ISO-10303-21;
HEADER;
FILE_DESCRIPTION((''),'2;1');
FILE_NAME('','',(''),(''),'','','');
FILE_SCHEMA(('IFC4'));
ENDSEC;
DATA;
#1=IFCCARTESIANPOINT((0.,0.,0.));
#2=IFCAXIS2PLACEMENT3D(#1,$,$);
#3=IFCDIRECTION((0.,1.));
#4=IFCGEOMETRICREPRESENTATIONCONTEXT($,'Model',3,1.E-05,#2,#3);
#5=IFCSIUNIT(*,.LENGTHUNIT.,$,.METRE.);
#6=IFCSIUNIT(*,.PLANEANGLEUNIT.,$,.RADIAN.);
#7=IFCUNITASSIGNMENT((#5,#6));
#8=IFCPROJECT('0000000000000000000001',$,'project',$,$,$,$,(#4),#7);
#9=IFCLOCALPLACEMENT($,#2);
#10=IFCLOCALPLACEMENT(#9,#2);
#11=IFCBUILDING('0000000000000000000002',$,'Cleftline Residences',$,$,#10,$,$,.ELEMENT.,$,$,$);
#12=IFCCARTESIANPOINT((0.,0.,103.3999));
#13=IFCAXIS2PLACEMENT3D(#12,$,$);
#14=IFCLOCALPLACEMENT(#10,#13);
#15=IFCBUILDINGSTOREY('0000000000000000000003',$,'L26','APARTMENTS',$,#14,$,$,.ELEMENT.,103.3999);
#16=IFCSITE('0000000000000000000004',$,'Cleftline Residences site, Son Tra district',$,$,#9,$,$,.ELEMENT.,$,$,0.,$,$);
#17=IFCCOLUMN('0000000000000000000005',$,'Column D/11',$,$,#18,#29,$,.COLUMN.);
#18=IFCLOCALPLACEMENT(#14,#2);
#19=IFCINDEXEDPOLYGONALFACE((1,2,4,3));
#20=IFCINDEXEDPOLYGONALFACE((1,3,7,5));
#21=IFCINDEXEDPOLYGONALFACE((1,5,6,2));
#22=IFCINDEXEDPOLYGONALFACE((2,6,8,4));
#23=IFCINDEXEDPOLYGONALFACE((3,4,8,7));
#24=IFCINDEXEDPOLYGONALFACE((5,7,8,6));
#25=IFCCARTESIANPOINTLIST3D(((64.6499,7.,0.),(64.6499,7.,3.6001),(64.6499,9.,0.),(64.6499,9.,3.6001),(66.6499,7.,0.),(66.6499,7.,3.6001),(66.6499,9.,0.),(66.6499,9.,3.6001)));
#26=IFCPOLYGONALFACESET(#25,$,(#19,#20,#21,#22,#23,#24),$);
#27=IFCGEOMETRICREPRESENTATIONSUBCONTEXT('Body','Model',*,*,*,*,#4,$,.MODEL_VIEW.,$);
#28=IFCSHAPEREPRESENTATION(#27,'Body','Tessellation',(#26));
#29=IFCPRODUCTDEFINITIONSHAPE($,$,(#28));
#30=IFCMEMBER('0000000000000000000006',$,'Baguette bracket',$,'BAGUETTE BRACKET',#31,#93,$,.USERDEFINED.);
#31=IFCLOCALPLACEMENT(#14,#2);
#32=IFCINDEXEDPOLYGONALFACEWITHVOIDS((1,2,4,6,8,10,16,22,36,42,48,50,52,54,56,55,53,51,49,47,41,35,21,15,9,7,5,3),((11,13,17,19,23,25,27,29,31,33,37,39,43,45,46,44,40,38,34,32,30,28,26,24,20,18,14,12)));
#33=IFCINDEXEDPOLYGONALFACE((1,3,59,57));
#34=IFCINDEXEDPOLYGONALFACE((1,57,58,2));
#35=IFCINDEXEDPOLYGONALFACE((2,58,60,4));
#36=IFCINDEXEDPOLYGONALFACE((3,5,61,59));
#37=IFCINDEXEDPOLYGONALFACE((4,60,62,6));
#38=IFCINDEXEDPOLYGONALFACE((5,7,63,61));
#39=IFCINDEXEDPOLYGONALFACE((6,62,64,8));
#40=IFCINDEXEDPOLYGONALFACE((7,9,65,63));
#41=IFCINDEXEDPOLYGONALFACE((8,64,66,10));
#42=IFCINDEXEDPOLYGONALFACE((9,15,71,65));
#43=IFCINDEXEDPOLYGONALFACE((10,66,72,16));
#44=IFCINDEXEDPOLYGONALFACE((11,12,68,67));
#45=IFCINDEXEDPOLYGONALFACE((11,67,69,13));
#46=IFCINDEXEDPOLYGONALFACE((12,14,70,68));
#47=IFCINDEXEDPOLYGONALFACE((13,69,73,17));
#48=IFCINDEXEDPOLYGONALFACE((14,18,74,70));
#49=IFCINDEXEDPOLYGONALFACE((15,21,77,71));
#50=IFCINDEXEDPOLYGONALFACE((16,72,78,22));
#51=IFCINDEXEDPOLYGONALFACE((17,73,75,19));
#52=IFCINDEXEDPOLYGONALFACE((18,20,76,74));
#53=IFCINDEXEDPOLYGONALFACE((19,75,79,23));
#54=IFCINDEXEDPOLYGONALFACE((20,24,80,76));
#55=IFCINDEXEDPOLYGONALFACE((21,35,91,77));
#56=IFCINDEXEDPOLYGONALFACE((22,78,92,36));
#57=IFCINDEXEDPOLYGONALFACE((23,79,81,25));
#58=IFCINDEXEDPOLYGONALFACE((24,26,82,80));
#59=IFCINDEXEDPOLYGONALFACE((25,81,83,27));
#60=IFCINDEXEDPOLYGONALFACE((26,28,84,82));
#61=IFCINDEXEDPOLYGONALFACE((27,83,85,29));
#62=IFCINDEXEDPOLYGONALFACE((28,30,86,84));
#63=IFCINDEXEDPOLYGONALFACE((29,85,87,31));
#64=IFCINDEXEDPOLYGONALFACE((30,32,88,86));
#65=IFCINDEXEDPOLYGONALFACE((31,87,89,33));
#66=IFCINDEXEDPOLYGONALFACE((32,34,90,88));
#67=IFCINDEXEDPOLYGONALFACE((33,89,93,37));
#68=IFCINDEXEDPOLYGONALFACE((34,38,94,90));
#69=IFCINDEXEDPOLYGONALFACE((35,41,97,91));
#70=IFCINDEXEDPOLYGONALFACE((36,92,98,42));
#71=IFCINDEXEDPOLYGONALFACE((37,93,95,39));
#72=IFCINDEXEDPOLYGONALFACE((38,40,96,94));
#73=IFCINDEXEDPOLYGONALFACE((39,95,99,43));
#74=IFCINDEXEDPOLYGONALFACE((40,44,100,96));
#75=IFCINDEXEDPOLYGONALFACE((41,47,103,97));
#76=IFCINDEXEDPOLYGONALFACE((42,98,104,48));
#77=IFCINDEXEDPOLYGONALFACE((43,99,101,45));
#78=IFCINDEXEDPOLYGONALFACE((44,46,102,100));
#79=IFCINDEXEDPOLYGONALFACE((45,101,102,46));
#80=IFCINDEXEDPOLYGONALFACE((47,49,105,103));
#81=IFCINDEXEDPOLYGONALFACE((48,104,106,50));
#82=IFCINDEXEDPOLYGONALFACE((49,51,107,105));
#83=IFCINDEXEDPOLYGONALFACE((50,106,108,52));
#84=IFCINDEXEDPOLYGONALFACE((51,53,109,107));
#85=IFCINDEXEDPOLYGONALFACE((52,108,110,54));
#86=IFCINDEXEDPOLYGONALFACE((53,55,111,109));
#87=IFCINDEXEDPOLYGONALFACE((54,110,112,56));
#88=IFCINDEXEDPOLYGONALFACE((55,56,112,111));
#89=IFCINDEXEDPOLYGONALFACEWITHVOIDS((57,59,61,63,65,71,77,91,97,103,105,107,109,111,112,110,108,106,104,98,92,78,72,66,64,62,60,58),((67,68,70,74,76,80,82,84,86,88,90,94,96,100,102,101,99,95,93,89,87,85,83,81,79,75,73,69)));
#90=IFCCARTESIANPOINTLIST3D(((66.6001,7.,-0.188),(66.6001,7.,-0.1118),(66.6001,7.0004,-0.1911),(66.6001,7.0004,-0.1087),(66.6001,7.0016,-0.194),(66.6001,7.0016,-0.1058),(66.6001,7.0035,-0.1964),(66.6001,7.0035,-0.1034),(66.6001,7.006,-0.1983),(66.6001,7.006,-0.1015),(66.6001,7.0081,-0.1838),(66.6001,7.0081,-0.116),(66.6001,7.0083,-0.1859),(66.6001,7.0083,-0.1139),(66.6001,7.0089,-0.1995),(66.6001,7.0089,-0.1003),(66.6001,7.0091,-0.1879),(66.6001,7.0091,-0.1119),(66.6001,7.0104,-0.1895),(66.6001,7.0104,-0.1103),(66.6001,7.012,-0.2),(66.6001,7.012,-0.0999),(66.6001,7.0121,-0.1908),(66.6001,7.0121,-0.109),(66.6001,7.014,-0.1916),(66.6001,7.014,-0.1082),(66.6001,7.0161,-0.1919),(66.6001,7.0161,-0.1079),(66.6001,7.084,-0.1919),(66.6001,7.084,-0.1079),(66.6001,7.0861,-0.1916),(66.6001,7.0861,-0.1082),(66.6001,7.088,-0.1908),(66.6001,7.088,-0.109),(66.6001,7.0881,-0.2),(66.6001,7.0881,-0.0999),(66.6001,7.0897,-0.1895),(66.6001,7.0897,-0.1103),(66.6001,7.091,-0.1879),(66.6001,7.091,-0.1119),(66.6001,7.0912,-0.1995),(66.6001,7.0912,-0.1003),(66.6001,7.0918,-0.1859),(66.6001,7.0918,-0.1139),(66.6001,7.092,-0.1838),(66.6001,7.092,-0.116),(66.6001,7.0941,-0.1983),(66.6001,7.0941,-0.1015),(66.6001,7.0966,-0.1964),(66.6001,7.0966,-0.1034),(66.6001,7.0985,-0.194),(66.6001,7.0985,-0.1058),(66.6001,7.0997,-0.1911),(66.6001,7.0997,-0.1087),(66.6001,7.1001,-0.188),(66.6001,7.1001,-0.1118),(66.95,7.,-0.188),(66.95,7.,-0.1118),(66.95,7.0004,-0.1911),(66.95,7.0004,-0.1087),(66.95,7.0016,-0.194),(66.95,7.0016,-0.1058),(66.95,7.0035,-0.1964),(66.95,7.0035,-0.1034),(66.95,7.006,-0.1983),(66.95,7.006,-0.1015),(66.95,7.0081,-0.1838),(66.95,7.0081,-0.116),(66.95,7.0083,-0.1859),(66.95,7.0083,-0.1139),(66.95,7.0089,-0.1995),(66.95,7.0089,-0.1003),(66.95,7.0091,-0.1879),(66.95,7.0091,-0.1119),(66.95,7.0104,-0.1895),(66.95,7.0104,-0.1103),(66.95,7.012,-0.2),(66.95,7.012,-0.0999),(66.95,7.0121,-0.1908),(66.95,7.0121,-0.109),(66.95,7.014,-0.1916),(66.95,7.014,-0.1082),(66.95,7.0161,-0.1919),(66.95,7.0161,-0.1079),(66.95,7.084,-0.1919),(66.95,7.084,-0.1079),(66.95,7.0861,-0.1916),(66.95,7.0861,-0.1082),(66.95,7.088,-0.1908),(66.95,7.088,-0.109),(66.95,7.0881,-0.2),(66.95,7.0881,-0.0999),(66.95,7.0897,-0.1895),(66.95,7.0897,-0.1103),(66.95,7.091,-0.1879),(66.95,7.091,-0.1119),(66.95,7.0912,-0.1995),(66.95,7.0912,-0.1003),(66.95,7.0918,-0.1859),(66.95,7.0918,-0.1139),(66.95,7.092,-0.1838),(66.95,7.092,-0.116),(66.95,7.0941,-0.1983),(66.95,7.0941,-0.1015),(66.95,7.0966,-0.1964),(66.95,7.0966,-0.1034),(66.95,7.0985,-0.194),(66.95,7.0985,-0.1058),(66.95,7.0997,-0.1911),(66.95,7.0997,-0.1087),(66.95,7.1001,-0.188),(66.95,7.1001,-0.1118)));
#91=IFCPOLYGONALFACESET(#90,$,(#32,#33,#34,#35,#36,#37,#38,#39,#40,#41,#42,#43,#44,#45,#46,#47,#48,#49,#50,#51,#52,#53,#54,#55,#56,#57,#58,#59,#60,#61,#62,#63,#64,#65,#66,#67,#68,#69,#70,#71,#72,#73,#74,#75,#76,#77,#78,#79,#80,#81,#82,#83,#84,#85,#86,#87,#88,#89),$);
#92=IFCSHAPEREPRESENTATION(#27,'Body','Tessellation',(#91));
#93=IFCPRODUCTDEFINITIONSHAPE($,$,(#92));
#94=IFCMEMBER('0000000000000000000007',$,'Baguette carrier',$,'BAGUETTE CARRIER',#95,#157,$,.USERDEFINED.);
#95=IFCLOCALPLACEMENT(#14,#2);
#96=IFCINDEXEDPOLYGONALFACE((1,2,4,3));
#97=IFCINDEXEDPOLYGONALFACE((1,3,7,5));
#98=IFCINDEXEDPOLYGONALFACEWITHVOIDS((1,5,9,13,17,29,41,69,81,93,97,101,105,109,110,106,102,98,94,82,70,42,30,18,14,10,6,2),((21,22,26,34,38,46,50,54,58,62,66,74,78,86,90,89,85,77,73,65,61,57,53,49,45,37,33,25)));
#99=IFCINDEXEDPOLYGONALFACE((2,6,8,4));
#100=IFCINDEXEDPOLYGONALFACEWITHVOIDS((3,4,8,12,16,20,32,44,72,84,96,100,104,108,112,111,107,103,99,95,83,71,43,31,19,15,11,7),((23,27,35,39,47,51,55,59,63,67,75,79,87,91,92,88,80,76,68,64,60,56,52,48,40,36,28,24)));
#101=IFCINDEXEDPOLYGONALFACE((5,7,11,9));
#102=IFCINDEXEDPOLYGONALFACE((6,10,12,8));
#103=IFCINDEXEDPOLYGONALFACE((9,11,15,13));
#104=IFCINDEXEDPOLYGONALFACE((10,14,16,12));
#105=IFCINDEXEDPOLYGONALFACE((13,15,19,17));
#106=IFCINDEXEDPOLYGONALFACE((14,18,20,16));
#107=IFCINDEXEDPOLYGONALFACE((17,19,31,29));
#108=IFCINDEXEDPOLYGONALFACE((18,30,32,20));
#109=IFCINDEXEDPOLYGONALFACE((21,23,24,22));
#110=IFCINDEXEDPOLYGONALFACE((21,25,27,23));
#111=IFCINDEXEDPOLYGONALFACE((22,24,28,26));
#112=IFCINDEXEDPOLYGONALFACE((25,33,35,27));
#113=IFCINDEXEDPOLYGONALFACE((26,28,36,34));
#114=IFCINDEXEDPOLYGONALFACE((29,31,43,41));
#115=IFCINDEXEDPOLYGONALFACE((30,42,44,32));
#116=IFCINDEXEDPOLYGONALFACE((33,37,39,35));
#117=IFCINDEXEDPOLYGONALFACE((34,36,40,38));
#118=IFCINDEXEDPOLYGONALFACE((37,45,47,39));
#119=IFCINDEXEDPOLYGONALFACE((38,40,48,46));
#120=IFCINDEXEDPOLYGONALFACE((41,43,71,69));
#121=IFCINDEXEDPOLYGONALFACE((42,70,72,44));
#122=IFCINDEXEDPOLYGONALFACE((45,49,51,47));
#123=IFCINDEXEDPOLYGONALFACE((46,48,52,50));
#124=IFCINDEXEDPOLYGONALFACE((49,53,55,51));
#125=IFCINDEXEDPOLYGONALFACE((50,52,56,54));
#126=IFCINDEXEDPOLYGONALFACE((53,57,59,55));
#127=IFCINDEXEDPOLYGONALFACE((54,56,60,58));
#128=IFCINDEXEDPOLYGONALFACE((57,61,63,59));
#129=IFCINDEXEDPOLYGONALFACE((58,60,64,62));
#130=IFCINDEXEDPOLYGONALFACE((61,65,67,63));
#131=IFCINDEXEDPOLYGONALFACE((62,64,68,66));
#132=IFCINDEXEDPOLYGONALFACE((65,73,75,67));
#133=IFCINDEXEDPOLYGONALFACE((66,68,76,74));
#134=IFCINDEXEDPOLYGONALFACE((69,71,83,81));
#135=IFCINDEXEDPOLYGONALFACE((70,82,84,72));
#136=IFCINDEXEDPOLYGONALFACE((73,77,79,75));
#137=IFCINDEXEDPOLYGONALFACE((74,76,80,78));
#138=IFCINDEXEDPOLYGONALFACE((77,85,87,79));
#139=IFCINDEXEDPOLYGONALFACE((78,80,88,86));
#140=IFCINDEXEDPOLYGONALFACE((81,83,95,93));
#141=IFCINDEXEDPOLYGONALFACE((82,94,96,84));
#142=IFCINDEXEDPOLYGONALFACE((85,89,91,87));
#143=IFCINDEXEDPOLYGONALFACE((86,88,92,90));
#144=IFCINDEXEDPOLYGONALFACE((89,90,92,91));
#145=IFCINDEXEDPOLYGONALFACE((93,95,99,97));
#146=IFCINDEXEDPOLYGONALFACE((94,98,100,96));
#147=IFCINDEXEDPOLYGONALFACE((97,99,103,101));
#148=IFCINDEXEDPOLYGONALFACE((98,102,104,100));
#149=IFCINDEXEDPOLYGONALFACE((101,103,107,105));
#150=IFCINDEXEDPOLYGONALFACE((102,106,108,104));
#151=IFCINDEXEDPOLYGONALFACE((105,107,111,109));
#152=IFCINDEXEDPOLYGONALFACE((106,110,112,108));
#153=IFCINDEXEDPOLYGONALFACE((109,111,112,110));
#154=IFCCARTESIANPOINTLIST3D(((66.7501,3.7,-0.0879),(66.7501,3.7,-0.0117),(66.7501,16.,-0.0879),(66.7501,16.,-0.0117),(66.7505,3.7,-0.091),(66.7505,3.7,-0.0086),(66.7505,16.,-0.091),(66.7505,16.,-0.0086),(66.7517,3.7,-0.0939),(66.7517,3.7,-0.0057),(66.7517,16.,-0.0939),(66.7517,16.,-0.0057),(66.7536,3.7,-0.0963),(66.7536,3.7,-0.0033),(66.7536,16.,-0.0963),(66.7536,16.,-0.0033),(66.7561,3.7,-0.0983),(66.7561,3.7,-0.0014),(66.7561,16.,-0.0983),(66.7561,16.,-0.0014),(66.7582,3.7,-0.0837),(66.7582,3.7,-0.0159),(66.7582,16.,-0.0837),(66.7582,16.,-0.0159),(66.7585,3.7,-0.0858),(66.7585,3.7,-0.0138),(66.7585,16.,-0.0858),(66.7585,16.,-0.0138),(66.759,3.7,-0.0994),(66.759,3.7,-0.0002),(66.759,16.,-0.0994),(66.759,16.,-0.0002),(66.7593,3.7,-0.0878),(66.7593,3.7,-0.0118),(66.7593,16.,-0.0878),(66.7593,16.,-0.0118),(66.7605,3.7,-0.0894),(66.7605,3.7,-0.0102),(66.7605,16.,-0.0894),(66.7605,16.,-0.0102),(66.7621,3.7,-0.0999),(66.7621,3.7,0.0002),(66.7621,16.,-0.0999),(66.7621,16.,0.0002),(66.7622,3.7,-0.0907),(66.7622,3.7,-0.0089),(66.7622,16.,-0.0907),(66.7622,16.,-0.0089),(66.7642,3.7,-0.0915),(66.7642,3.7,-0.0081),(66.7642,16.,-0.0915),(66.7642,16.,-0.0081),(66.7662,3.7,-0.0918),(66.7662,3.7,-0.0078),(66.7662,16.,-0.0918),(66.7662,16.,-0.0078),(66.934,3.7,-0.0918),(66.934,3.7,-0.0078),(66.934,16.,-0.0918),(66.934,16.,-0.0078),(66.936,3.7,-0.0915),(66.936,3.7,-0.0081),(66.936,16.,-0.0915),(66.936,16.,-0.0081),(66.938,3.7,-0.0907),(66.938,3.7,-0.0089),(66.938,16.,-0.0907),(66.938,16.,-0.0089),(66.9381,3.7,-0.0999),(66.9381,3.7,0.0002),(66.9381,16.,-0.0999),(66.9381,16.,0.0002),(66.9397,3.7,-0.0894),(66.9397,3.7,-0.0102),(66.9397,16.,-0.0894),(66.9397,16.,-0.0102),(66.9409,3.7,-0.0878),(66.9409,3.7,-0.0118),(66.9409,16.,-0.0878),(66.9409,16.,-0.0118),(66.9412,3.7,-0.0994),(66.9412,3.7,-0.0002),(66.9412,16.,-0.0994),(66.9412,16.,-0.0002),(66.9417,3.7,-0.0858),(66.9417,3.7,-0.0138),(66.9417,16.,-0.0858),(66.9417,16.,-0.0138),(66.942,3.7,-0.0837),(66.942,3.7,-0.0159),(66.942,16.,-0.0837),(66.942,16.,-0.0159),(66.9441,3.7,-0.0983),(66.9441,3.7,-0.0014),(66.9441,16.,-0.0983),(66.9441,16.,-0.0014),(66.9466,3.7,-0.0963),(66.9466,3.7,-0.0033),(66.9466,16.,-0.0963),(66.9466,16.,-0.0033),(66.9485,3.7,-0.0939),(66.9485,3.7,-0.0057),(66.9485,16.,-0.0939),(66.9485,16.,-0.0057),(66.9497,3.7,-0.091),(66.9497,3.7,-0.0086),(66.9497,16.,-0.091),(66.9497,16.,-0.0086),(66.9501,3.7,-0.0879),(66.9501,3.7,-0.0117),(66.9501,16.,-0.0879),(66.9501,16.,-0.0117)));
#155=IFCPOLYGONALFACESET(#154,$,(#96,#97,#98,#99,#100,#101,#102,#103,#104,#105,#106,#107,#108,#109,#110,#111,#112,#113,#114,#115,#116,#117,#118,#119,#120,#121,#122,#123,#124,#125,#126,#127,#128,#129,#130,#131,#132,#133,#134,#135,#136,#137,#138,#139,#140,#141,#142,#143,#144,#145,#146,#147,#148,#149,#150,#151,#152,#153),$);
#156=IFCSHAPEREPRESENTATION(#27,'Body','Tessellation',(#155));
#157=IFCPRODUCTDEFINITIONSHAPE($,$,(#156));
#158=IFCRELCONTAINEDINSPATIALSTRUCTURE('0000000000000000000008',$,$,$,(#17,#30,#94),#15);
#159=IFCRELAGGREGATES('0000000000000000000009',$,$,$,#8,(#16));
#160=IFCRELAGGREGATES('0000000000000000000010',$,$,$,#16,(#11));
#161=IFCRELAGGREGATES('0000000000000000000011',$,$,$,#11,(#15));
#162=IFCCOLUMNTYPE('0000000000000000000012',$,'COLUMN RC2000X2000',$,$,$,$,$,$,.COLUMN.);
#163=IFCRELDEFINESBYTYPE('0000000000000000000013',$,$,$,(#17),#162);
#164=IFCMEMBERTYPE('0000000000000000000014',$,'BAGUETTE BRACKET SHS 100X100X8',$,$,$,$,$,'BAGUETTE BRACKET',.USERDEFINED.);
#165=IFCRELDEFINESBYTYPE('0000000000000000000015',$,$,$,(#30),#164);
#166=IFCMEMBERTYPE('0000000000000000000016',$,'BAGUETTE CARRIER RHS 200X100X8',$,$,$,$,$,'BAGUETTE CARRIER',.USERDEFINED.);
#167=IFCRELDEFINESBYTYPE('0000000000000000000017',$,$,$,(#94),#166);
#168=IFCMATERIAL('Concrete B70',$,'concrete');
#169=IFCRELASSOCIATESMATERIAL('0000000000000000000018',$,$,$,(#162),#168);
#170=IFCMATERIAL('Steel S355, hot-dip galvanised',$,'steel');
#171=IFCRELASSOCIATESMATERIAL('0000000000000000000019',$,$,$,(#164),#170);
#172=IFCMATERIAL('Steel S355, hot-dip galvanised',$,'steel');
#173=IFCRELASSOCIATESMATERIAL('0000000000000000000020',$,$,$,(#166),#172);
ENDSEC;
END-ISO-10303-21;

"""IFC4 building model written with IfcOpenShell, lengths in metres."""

from ifc_helpers import new_model, si_unit, direction, frame, origin, origin_2d, place, context, subcontext, project, spatial, rectangle, hollow_rectangle, extrude, material, material_profile, profile_set, type_object, element, save


model = new_model("IFC4")

# Units and contexts
model_context = context("Model", 3, precision=1e-05, world=origin(), true_north=direction((0.0, 1.0)))
body_context = subcontext(model_context, "Body", "Model", "MODEL_VIEW")
ifc_project = project(units=[si_unit("LENGTHUNIT", "METRE"), si_unit("PLANEANGLEUNIT", "RADIAN")], contexts=[model_context])

# Site, building, storey
site_placement = place(None, origin())
site = spatial("IfcSite", under=ifc_project, at=site_placement, Name="Cleftline Residences site, Son Tra district", CompositionType="ELEMENT", RefElevation=0.0)
building_placement = place(site_placement, origin())
building = spatial("IfcBuilding", under=site, at=building_placement, Name="Cleftline Residences", CompositionType="ELEMENT")
storey_placement = place(building_placement, frame((0.0, 0.0, 103.3999)))
storey = spatial("IfcBuildingStorey", under=building, at=storey_placement, Name="L26", Description="APARTMENTS", CompositionType="ELEMENT", Elevation=103.3999)

# Column
ifc_material_1 = material(Name="Concrete B70", Category="concrete")
ifc_material_profile_1 = material_profile(ifc_material_1, rectangle(XDim=2.0, YDim=2.0, at=origin_2d()))
ifc_profile_set_1 = profile_set([ifc_material_profile_1], Name="Concrete B70")
column_type = type_object("IfcColumnType", Name="COLUMN RC2000X2000", PredefinedType="COLUMN", material=ifc_profile_set_1)
column_placement = place(storey_placement, frame((65.6499, 8.0, 0.0), z_axis=(0.0, 0.0, 1.0), x_axis=(1.0, 0.0, 0.0)))
element("IfcColumn", 1, at=column_placement, inside=storey, type_object=column_type, Name="Column D/11", PredefinedType="COLUMN", context=body_context, shape_type="SweptSolid", body=[
    extrude(rectangle(XDim=2.0, YDim=2.0, at=origin_2d()), origin(), (0.0, 0.0, 1.0), 3.6001),
])

# Members
ifc_material_2 = material(Name="Steel S355, hot-dip galvanised", Category="steel")
ifc_material_profile_2 = material_profile(ifc_material_2, hollow_rectangle(XDim=0.1001, YDim=0.1001, WallThickness=0.0081, InnerFilletRadius=0.0081, OuterFilletRadius=0.012, at=origin_2d()))
ifc_profile_set_2 = profile_set([ifc_material_profile_2], Name="Steel S355, hot-dip galvanised")
member_type_1 = type_object("IfcMemberType", Name="BAGUETTE BRACKET SHS 100X100X8", ElementType="BAGUETTE BRACKET", PredefinedType="USERDEFINED", material=ifc_profile_set_2)
member_1_placement = place(storey_placement, frame((66.6001, 7.05, -0.1499), z_axis=(1.0, 0.0, 0.0), x_axis=(0.0, 1.0, 0.0)))
element("IfcMember", 2, at=member_1_placement, inside=storey, type_object=member_type_1, Name="Baguette bracket", ObjectType="BAGUETTE BRACKET", PredefinedType="USERDEFINED", context=body_context, shape_type="SweptSolid", body=[
    extrude(hollow_rectangle(XDim=0.1001, YDim=0.1001, WallThickness=0.0081, InnerFilletRadius=0.0081, OuterFilletRadius=0.012, at=origin_2d()), origin(), (0.0, 0.0, 1.0), 0.3499),
])
ifc_material_3 = material(Name="Steel S355, hot-dip galvanised", Category="steel")
ifc_material_profile_3 = material_profile(ifc_material_3, hollow_rectangle(XDim=0.1001, YDim=0.2, WallThickness=0.0081, InnerFilletRadius=0.0081, OuterFilletRadius=0.012, at=origin_2d()))
ifc_profile_set_3 = profile_set([ifc_material_profile_3], Name="Steel S355, hot-dip galvanised")
member_type_2 = type_object("IfcMemberType", Name="BAGUETTE CARRIER RHS 200X100X8", ElementType="BAGUETTE CARRIER", PredefinedType="USERDEFINED", material=ifc_profile_set_3)
member_2_placement = place(storey_placement, frame((66.8501, 3.7, -0.0498), z_axis=(0.0, 1.0, 0.0), x_axis=(0.0, 0.0, 1.0)))
element("IfcMember", 3, at=member_2_placement, inside=storey, type_object=member_type_2, Name="Baguette carrier", ObjectType="BAGUETTE CARRIER", PredefinedType="USERDEFINED", context=body_context, shape_type="SweptSolid", body=[
    extrude(hollow_rectangle(XDim=0.1001, YDim=0.2, WallThickness=0.0081, InnerFilletRadius=0.0081, OuterFilletRadius=0.012, at=origin_2d()), origin(), (0.0, 0.0, 1.0), 12.3),
])

save(model, "model.ifc")
